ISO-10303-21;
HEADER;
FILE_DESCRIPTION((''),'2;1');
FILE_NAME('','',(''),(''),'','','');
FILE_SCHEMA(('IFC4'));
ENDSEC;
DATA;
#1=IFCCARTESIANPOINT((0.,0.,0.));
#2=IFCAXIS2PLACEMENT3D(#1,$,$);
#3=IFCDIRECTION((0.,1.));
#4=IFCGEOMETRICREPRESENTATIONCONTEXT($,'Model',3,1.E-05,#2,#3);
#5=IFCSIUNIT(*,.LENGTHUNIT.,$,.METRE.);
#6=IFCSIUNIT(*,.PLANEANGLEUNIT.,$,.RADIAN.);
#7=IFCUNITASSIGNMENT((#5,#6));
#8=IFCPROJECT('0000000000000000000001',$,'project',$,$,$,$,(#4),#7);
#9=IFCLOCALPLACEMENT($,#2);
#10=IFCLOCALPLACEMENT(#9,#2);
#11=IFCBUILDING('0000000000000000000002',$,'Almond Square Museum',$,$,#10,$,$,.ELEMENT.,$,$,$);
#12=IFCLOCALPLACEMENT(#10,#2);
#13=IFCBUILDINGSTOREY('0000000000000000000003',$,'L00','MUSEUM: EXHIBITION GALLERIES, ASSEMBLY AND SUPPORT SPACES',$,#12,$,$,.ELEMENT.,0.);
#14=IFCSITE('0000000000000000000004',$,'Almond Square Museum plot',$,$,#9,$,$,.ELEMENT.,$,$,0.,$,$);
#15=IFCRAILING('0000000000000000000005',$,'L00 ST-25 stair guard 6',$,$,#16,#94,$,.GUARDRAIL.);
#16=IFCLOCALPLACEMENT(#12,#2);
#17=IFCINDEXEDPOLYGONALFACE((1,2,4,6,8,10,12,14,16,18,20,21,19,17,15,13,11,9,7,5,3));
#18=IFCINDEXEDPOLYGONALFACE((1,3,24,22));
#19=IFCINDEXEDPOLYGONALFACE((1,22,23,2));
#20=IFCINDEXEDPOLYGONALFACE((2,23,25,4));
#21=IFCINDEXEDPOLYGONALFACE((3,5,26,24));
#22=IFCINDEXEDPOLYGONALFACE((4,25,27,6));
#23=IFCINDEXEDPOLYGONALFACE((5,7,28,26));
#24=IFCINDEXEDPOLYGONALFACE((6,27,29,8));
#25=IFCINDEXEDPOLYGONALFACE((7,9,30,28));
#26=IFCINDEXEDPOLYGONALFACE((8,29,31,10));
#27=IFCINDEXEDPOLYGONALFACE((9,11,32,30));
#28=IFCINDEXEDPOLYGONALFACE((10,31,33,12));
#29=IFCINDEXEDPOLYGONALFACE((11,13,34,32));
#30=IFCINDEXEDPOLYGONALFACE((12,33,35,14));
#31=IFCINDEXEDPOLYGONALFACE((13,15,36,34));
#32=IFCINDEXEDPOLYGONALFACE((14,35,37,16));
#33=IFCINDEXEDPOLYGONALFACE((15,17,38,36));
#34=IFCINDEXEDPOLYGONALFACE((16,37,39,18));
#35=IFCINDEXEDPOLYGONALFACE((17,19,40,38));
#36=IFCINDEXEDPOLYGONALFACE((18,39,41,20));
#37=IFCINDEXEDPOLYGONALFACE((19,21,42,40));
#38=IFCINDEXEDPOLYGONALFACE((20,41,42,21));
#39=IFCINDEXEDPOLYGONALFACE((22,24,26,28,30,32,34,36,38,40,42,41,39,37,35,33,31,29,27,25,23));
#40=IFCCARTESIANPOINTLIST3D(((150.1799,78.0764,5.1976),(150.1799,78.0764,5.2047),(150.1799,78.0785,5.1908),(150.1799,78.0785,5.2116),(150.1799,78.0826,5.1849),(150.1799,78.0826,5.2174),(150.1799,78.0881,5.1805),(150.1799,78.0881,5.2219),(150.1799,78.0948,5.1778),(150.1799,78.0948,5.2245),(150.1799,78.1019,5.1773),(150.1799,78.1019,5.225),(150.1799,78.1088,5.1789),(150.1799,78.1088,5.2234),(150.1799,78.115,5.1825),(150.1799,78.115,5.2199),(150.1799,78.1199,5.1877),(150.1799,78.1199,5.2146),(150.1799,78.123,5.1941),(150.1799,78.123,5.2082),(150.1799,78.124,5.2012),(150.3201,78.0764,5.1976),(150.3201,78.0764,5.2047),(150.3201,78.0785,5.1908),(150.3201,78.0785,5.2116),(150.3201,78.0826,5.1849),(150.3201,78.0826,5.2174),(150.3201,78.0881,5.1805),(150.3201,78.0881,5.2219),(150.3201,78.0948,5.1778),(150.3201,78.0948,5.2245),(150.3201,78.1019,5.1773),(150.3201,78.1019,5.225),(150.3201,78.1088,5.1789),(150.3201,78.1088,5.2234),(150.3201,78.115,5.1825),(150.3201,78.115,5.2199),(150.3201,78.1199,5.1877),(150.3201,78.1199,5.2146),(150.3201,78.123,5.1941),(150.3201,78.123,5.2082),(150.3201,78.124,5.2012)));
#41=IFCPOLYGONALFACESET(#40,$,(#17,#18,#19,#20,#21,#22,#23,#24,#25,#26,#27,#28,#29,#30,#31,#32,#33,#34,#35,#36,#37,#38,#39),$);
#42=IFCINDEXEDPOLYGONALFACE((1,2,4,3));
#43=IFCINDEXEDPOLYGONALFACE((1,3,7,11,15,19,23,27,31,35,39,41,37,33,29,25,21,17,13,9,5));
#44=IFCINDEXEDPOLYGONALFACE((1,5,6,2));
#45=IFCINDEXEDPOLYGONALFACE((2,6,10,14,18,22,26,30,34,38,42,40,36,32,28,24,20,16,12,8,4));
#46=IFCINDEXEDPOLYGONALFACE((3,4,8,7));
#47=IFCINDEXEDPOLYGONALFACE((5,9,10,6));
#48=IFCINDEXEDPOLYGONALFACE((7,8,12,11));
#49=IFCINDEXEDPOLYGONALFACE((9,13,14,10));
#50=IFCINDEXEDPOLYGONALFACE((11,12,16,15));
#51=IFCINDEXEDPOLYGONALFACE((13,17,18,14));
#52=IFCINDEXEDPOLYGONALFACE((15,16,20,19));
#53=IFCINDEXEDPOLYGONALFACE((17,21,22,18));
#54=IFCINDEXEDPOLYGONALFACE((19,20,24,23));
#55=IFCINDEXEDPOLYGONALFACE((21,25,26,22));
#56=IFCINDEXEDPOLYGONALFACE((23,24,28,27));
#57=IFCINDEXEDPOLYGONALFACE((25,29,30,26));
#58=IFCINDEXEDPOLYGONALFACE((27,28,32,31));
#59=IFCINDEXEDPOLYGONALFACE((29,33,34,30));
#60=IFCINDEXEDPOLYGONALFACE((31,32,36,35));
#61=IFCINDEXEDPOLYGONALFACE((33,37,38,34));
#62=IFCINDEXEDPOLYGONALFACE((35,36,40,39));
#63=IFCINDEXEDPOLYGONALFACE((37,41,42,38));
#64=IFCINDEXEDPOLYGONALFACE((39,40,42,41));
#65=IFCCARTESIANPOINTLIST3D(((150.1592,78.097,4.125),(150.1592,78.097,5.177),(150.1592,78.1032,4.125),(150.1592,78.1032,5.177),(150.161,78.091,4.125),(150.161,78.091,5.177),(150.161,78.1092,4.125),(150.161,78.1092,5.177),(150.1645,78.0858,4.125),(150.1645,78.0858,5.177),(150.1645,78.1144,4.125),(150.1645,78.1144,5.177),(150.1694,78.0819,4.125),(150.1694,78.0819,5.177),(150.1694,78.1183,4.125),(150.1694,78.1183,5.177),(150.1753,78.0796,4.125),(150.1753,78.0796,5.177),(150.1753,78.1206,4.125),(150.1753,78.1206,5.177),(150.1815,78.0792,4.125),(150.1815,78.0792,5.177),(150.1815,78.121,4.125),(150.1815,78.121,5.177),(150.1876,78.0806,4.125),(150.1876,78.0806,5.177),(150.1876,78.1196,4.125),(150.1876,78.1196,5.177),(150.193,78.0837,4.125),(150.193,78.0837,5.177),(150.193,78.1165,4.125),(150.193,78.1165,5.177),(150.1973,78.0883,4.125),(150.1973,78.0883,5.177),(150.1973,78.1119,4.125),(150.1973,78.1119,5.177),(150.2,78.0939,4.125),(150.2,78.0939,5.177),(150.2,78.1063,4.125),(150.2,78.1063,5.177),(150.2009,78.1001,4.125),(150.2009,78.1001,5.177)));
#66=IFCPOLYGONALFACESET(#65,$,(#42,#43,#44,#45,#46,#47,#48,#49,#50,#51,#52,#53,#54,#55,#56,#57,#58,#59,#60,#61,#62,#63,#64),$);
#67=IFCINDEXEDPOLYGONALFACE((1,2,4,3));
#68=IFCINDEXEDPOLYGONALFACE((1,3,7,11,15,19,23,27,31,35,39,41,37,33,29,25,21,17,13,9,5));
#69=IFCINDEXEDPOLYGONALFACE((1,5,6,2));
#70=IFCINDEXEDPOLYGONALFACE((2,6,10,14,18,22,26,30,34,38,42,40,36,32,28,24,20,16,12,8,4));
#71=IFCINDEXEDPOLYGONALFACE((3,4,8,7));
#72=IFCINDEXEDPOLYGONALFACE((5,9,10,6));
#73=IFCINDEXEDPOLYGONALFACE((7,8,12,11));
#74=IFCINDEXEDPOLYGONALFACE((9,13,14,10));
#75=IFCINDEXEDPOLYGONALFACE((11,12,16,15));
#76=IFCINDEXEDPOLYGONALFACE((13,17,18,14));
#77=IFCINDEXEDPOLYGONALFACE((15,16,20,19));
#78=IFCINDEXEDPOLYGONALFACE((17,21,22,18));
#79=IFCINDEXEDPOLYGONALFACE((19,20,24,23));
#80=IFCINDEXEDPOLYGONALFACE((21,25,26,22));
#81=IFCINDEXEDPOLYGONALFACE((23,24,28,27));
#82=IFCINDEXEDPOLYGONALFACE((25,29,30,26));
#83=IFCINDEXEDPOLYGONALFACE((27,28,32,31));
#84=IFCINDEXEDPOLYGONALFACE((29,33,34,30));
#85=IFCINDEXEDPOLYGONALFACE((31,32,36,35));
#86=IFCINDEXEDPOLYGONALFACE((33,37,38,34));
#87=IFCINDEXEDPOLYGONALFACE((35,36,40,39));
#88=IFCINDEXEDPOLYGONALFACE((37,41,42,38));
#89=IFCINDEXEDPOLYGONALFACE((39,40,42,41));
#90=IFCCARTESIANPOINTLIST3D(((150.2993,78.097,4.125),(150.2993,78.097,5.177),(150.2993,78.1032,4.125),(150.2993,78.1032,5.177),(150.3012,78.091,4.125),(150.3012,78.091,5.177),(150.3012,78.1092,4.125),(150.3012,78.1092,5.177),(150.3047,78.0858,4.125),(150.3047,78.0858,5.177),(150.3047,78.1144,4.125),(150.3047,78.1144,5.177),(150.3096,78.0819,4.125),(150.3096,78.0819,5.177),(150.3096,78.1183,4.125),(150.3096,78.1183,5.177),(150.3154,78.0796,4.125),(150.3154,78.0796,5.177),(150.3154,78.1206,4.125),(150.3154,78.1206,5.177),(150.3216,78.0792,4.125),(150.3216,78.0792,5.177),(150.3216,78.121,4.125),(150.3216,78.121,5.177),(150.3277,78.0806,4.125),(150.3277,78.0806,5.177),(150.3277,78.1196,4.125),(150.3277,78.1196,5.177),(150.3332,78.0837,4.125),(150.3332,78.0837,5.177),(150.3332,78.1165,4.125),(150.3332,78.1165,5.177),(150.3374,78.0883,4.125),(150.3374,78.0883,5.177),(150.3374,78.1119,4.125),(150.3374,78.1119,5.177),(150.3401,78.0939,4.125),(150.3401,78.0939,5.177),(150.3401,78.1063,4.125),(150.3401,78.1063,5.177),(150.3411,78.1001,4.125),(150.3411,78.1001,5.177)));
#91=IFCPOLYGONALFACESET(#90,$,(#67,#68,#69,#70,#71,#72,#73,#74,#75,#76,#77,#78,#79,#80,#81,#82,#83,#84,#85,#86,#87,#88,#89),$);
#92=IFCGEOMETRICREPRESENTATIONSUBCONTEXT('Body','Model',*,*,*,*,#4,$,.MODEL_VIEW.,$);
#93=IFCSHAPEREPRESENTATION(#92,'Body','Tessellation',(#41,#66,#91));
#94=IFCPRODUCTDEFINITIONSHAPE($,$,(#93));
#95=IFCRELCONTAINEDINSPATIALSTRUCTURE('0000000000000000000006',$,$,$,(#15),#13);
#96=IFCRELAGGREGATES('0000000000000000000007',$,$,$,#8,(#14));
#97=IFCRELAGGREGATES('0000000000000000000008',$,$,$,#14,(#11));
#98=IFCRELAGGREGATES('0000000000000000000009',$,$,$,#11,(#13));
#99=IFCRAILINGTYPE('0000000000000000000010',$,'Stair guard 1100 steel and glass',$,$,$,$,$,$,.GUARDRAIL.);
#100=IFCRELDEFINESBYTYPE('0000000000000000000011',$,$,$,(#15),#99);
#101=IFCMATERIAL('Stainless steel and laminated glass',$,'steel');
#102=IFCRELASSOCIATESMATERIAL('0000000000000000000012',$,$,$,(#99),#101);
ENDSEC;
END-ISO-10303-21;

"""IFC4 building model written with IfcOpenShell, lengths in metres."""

from ifc_helpers import new_model, si_unit, direction, frame, origin, origin_2d, place, context, subcontext, project, spatial, circle, extrude, material, type_object, element, save


model = new_model("IFC4")

# Units and contexts
model_context = context("Model", 3, precision=1e-05, world=origin(), true_north=direction((0.0, 1.0)))
body_context = subcontext(model_context, "Body", "Model", "MODEL_VIEW")
ifc_project = project(units=[si_unit("LENGTHUNIT", "METRE"), si_unit("PLANEANGLEUNIT", "RADIAN")], contexts=[model_context])

# Site, building, storey
site_placement = place(None, origin())
site = spatial("IfcSite", under=ifc_project, at=site_placement, Name="Almond Square Museum plot", CompositionType="ELEMENT", RefElevation=0.0)
building_placement = place(site_placement, origin())
building = spatial("IfcBuilding", under=site, at=building_placement, Name="Almond Square Museum", CompositionType="ELEMENT")
storey_placement = place(building_placement, origin())
storey = spatial("IfcBuildingStorey", under=building, at=storey_placement, Name="L00", Description="MUSEUM: EXHIBITION GALLERIES, ASSEMBLY AND SUPPORT SPACES", CompositionType="ELEMENT", Elevation=0.0)

# Railing
ifc_material_1 = material(Name="Stainless steel and laminated glass", Category="steel")
railing_type_1 = type_object("IfcRailingType", Name="Stair guard 1100 steel and glass", PredefinedType="GUARDRAIL", material=ifc_material_1)
railing_1_placement = place(storey_placement, frame((150.1799, 78.1001, 4.125)))
element("IfcRailing", 1, at=railing_1_placement, inside=storey, type_object=railing_type_1, Name="L00 ST-25 stair guard 6", PredefinedType="GUARDRAIL", context=body_context, shape_type="SweptSolid", body=[
    extrude(circle(Radius=0.0239, at=origin_2d()), frame((0.0, 0.0, 1.0762), z_axis=(1.0, 0.0, 0.0), x_axis=(0.0, 1.0, 0.0)), (0.0, 0.0, 1.0), 0.1401),
    extrude(circle(Radius=0.021, at=origin_2d()), origin(), (0.0, 0.0, 1.0), 1.052),
    extrude(circle(Radius=0.021, at=origin_2d()), frame((0.1401, 0.0, 0.0)), (0.0, 0.0, 1.0), 1.052),
])

save(model, "model.ifc")
